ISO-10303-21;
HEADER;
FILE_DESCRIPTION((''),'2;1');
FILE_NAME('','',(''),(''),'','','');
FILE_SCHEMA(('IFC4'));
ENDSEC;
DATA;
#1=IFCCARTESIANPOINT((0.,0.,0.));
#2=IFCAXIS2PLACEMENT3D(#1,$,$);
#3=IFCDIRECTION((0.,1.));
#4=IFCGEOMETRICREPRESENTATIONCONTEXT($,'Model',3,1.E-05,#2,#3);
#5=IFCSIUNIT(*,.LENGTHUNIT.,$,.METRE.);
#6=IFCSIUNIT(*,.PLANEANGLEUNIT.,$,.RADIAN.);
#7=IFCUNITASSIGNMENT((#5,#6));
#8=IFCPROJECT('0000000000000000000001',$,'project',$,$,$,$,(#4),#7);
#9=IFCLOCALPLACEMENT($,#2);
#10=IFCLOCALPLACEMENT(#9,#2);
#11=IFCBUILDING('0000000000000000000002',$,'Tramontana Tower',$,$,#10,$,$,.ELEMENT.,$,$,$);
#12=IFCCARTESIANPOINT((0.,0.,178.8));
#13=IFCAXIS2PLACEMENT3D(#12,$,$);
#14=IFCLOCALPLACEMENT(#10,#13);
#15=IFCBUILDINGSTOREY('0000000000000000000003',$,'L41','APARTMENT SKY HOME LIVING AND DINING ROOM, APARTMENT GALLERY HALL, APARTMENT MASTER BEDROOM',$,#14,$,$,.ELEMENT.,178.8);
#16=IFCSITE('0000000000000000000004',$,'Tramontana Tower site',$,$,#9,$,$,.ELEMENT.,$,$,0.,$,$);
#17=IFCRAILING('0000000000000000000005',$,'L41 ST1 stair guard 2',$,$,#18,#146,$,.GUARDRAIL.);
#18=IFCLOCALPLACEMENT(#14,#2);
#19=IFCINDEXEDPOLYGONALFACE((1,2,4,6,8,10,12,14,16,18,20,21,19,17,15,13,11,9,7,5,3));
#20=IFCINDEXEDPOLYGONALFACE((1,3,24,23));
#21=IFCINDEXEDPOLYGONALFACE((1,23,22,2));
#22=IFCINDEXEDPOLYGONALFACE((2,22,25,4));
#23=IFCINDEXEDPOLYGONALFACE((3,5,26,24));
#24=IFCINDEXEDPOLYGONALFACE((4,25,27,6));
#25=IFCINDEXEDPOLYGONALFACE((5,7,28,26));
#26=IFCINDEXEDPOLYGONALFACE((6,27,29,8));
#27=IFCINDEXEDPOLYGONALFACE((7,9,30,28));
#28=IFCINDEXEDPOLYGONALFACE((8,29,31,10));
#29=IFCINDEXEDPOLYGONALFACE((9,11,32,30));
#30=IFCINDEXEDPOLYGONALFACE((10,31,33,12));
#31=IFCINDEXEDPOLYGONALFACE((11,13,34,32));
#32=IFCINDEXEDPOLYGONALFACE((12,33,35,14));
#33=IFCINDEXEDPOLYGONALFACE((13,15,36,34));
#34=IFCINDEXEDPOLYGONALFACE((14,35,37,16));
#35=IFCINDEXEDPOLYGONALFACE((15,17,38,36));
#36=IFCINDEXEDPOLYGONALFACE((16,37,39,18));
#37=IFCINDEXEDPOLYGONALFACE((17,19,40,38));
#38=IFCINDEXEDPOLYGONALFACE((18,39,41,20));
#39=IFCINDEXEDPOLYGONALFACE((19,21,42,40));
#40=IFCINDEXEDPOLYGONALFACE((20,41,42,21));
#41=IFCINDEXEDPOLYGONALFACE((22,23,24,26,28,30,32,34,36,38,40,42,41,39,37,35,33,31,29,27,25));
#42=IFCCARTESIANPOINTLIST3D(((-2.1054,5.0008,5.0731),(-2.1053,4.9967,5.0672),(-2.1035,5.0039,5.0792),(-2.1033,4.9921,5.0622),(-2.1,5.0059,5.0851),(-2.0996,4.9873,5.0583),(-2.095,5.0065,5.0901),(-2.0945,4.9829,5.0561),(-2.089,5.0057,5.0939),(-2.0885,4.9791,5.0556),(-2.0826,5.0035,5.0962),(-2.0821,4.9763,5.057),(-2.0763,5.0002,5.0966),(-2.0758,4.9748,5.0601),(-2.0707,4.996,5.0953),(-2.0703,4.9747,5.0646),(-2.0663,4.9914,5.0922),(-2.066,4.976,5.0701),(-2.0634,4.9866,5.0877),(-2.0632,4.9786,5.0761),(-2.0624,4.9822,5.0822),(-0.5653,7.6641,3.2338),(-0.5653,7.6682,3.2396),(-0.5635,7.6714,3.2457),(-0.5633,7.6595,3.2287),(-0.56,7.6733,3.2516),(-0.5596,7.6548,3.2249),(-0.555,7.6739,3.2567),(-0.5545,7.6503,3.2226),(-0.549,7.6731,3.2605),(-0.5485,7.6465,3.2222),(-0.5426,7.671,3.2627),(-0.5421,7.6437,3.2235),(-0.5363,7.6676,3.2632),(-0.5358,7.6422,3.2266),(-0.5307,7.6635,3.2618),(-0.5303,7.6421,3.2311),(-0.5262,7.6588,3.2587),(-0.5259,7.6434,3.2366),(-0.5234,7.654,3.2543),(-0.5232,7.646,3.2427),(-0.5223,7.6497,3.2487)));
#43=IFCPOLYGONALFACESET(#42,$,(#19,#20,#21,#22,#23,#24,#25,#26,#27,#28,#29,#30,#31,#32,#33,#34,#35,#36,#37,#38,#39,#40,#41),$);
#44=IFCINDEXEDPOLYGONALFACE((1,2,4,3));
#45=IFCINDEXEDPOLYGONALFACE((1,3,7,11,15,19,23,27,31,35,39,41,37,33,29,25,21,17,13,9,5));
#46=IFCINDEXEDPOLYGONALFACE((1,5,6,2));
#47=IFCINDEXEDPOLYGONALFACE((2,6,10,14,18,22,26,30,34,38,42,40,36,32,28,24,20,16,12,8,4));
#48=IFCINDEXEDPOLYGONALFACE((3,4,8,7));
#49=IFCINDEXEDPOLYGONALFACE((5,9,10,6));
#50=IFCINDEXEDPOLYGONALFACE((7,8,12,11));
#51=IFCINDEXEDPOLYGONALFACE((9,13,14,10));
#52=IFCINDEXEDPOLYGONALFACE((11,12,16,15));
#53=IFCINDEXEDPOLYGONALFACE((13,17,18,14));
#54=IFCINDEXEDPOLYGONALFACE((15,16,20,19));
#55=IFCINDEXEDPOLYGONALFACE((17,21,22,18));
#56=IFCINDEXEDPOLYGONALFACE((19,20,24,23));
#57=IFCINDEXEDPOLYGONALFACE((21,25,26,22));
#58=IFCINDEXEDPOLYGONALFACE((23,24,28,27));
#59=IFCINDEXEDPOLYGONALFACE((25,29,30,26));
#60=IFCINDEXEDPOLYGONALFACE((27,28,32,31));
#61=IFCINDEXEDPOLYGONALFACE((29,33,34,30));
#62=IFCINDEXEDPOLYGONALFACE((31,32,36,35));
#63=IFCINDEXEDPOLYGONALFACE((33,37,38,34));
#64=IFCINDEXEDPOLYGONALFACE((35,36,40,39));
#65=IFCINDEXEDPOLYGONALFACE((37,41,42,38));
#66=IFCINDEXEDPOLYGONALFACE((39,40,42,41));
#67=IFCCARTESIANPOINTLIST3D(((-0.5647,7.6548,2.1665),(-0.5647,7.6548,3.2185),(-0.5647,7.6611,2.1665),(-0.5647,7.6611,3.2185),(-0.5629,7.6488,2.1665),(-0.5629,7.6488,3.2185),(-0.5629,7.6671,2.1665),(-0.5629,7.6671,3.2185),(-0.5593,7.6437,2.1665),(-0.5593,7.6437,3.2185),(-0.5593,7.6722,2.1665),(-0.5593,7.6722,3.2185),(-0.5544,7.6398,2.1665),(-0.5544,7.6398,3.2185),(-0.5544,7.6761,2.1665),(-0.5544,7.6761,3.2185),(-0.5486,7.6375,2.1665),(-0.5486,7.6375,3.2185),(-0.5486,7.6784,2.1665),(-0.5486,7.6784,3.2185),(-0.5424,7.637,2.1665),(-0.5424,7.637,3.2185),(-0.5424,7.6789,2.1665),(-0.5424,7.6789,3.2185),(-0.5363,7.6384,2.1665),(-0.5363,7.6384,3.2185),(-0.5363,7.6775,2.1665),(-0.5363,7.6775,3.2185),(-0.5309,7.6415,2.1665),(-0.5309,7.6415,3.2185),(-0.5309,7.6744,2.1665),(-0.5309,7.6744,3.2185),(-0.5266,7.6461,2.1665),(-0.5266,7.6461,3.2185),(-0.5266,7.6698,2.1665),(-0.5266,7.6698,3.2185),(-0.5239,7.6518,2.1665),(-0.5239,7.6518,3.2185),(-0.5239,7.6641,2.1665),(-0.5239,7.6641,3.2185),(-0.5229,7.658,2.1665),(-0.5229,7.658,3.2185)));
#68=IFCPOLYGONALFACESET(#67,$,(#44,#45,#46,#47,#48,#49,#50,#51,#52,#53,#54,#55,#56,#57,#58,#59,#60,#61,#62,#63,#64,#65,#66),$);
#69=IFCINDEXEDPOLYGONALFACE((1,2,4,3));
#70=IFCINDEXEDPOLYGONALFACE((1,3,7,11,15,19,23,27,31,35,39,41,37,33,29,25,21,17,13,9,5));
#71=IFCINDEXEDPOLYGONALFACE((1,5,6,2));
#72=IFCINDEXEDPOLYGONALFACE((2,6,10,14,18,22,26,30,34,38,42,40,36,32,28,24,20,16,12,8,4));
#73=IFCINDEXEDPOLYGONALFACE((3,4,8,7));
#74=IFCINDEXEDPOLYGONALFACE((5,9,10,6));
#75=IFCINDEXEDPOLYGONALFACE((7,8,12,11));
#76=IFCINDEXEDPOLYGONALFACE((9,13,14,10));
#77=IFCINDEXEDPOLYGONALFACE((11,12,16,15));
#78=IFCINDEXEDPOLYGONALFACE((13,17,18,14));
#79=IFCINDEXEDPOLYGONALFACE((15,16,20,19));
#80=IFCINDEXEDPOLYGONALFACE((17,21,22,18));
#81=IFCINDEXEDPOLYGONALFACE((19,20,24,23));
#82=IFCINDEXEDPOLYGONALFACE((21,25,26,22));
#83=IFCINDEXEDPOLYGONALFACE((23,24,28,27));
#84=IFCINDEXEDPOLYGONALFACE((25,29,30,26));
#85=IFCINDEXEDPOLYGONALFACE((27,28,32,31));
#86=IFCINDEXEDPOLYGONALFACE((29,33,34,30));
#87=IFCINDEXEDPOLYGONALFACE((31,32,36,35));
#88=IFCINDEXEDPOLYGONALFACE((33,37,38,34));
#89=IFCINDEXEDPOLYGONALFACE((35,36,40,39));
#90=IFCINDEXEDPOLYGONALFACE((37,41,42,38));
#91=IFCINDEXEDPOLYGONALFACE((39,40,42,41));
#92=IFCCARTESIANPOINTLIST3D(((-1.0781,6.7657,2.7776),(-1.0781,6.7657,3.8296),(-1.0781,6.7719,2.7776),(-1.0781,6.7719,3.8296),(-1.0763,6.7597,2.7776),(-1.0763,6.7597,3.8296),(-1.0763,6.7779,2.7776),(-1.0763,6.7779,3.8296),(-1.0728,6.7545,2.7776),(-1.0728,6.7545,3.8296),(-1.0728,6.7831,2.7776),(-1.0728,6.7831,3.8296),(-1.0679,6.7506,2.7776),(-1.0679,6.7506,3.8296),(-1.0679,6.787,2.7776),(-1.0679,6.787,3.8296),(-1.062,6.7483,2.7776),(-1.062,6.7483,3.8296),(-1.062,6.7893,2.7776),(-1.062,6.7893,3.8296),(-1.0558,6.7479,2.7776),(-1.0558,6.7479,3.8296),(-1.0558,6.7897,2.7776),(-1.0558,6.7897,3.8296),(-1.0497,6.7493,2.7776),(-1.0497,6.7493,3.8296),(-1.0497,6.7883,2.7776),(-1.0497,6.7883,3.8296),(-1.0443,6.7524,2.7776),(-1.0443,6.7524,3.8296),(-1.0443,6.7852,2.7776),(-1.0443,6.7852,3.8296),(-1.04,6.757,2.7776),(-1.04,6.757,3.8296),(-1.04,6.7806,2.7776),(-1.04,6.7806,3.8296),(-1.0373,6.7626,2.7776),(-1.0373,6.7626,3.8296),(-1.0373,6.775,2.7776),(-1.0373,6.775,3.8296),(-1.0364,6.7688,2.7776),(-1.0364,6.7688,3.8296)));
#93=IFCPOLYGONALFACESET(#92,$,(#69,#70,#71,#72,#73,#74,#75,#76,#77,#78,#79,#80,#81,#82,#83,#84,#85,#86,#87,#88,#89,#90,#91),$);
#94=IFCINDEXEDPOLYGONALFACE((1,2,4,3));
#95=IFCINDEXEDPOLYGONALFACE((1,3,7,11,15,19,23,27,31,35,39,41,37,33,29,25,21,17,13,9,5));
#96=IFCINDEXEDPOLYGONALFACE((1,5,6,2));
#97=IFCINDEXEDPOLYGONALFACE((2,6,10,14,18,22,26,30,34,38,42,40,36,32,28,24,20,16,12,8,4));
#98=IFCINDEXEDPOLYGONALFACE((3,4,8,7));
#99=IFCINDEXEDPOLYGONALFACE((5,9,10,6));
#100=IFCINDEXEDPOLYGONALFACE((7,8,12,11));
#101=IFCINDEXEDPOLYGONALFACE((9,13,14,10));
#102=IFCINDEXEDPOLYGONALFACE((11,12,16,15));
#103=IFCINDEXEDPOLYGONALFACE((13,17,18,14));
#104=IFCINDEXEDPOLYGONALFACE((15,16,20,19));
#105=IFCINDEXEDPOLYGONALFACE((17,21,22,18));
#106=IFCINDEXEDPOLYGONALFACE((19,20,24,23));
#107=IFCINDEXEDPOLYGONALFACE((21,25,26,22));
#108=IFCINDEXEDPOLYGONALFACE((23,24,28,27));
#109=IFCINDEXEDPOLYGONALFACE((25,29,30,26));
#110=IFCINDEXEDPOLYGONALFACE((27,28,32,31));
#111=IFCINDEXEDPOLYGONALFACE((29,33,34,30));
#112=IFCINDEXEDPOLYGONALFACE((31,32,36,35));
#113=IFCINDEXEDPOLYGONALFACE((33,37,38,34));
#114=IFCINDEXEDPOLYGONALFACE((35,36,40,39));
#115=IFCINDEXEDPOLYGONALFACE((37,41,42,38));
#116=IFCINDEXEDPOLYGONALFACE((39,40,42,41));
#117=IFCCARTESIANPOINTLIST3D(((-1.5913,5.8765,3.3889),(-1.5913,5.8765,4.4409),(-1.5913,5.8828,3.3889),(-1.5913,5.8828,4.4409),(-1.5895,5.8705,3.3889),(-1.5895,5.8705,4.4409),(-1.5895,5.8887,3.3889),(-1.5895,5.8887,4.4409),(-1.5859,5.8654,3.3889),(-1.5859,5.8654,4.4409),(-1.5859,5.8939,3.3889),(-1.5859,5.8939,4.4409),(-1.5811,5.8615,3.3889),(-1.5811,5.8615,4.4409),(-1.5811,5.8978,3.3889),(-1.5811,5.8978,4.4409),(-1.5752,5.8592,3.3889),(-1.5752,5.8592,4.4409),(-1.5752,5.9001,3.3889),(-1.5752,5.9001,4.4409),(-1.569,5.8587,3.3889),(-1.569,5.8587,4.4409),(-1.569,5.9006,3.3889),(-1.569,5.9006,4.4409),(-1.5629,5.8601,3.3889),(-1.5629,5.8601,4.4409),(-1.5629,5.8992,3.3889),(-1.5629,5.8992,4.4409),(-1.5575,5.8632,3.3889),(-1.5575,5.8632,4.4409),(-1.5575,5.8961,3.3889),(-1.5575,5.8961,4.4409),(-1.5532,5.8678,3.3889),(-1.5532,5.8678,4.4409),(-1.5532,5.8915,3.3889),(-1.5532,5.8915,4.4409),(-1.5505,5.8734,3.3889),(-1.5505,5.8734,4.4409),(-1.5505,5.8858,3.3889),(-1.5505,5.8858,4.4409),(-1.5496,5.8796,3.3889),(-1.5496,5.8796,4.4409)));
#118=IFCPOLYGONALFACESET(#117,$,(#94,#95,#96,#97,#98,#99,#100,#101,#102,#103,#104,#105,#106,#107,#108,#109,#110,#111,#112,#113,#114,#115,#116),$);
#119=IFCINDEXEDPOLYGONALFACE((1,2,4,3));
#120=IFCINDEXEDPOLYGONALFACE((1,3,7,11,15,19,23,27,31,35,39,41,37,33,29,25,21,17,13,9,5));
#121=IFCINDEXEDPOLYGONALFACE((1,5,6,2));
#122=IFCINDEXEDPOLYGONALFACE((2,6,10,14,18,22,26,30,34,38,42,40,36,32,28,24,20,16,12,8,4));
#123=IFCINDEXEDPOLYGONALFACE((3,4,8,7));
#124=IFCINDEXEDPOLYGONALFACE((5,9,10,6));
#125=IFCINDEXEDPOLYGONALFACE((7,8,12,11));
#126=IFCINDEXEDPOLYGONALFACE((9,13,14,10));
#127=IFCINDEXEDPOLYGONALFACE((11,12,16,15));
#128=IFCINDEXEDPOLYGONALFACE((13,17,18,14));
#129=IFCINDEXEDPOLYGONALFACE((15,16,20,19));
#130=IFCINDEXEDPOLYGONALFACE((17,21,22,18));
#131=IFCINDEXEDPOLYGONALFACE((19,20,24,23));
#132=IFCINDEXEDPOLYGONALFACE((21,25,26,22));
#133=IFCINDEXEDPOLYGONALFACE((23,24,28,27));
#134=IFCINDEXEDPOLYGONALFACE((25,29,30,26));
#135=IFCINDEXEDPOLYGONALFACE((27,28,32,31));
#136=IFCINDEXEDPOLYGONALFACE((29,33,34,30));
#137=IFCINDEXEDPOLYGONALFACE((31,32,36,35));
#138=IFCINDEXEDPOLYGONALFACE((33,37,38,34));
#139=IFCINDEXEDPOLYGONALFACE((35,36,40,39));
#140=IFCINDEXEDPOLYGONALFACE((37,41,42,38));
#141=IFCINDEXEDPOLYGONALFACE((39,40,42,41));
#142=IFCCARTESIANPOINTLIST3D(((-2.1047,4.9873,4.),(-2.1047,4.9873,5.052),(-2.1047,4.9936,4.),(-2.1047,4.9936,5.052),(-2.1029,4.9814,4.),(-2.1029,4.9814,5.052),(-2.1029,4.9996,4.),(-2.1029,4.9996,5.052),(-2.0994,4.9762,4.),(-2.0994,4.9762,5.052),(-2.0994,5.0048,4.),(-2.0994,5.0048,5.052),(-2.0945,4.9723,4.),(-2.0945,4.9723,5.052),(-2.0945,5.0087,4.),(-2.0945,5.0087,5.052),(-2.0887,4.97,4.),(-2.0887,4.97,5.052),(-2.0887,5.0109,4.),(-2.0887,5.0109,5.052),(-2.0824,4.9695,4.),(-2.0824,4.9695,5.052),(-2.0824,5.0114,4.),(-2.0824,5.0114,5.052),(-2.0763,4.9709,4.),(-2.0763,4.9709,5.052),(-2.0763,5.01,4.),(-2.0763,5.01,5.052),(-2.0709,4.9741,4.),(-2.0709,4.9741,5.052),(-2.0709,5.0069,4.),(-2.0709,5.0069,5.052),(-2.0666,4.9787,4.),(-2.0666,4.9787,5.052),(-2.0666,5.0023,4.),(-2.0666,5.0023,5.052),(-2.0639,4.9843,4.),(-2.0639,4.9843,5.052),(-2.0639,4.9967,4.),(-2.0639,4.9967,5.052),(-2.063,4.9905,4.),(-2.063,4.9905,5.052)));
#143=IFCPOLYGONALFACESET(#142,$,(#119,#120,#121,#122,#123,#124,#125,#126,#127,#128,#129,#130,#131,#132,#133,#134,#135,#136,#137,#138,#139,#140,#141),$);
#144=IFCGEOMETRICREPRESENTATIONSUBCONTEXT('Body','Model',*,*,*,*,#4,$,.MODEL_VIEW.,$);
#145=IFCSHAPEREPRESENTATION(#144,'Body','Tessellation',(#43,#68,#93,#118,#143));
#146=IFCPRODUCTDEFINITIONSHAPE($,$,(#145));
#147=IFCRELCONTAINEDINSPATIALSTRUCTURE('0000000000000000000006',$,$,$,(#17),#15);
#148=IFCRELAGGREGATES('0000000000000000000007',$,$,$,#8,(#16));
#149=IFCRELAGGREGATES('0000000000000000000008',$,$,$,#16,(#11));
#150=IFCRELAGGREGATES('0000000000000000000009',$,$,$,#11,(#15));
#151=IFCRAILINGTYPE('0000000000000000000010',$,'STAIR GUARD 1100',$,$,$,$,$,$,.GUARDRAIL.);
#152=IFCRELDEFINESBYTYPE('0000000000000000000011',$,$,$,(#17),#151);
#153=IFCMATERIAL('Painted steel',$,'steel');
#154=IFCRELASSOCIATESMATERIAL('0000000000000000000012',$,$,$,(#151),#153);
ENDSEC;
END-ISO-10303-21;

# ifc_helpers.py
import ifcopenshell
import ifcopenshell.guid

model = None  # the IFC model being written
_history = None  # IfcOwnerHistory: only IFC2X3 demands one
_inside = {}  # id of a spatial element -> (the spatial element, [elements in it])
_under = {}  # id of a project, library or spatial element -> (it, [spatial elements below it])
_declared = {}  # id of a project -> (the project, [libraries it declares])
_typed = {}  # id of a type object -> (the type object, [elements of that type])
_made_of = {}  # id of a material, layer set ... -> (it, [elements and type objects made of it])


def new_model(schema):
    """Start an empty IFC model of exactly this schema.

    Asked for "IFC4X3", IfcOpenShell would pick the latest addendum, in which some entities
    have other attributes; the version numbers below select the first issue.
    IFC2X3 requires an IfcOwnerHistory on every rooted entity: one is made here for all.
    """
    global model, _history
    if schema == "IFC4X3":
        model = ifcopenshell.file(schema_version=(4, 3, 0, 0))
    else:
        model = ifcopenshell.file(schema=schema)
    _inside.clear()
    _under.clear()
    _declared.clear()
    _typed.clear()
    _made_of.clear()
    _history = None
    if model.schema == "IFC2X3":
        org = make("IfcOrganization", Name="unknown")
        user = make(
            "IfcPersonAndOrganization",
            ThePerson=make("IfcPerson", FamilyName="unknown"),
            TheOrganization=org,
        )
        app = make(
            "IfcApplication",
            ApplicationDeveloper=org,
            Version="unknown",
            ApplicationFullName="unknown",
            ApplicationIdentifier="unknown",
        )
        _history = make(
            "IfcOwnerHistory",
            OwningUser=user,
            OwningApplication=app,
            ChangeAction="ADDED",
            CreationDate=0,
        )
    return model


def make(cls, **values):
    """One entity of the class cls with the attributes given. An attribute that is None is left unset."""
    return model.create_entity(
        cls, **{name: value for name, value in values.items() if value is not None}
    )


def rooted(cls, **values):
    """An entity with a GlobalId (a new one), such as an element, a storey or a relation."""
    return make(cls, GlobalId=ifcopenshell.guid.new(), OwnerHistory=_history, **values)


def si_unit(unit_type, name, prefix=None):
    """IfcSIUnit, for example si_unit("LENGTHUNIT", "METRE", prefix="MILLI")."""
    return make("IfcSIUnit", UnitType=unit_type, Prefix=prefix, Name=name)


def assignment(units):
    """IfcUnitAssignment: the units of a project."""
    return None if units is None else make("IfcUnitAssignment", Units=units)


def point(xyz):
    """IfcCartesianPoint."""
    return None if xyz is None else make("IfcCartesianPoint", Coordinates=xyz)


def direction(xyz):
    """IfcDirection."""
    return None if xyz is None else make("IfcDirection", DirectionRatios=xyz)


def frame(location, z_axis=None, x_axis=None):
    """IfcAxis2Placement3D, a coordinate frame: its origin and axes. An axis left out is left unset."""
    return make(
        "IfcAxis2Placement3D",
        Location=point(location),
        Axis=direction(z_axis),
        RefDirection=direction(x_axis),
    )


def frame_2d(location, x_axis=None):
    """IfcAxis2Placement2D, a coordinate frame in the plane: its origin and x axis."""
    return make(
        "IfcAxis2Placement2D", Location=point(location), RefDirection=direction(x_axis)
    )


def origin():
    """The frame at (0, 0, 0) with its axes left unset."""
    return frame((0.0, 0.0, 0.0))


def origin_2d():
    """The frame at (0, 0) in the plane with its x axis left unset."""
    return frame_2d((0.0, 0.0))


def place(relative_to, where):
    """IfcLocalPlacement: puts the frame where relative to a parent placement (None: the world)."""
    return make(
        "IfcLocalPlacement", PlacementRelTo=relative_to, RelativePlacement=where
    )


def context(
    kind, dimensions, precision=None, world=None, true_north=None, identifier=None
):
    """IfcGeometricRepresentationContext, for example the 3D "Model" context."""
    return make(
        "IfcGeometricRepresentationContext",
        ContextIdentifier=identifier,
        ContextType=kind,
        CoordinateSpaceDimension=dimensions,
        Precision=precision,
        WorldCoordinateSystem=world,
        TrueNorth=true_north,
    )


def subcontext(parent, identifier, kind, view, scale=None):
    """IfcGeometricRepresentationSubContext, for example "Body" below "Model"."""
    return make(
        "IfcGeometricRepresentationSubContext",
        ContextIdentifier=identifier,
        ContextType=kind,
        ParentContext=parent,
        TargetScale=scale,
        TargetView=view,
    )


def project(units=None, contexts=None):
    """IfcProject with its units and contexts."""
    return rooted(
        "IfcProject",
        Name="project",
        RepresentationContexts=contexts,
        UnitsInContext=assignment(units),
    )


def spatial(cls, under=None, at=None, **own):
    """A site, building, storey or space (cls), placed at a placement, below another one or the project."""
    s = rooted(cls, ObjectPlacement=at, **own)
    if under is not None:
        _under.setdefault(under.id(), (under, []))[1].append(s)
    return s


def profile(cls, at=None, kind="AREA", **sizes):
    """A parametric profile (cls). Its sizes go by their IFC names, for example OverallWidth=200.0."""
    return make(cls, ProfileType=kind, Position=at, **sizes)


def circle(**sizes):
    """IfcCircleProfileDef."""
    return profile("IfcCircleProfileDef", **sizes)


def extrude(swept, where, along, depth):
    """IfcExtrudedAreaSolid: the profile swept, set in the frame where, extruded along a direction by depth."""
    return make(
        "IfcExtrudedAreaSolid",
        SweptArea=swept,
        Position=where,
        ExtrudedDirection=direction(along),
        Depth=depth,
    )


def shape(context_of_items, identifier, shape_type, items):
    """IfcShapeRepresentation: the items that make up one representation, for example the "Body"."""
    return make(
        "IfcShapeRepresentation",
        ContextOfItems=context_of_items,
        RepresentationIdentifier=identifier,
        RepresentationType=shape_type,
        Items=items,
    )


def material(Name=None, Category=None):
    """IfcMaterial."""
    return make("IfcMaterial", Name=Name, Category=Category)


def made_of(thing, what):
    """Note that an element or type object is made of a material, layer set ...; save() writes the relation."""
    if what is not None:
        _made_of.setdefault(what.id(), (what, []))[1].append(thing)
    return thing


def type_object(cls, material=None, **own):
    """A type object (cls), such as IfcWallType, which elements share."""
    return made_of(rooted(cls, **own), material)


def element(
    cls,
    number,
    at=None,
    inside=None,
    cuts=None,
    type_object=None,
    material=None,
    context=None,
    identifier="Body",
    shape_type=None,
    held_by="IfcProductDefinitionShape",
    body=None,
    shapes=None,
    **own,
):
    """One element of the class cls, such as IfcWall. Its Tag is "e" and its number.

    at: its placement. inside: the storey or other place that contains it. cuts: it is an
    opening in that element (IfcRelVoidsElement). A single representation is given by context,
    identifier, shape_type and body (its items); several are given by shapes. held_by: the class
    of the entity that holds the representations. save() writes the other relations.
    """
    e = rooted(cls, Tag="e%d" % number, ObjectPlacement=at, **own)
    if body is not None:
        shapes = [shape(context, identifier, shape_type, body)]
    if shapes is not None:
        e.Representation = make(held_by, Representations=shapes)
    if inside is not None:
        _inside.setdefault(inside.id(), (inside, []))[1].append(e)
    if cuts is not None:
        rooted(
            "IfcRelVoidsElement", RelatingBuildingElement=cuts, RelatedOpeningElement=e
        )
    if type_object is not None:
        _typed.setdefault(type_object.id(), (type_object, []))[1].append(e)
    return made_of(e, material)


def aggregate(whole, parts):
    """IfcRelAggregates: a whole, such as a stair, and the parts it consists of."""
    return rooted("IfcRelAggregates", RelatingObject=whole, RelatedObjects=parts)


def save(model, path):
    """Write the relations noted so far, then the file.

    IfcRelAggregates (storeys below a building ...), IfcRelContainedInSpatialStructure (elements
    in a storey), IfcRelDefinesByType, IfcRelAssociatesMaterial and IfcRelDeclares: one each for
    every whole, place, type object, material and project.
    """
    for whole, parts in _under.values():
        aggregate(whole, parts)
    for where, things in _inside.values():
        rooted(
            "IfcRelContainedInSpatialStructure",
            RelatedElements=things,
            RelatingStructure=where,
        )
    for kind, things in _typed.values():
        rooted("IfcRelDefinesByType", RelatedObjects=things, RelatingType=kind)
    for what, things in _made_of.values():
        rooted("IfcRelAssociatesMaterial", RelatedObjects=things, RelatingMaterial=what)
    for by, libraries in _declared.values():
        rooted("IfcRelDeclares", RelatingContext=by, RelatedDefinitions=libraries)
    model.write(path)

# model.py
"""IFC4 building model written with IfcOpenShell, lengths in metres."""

from ifc_helpers import new_model, si_unit, direction, frame, origin, origin_2d, place, context, subcontext, project, spatial, circle, extrude, material, type_object, element, save


model = new_model("IFC4")

# Units and contexts
model_context = context("Model", 3, precision=1e-05, world=origin(), true_north=direction((0.0, 1.0)))
body_context = subcontext(model_context, "Body", "Model", "MODEL_VIEW")
ifc_project = project(units=[si_unit("LENGTHUNIT", "METRE"), si_unit("PLANEANGLEUNIT", "RADIAN")], contexts=[model_context])

# Site, building, storey
site_placement = place(None, origin())
site = spatial("IfcSite", under=ifc_project, at=site_placement, Name="Tramontana Tower site", CompositionType="ELEMENT", RefElevation=0.0)
building_placement = place(site_placement, origin())
building = spatial("IfcBuilding", under=site, at=building_placement, Name="Tramontana Tower", CompositionType="ELEMENT")
storey_placement = place(building_placement, frame((0.0, 0.0, 178.8)))
storey = spatial("IfcBuildingStorey", under=building, at=storey_placement, Name="L41", Description="APARTMENT SKY HOME LIVING AND DINING ROOM, APARTMENT GALLERY HALL, APARTMENT MASTER BEDROOM", CompositionType="ELEMENT", Elevation=178.8)

# Railing
ifc_material_1 = material(Name="Painted steel", Category="steel")
railing_type = type_object("IfcRailingType", Name="STAIR GUARD 1100", PredefinedType="GUARDRAIL", material=ifc_material_1)
railing_1_placement = place(storey_placement, frame((-0.5439, 7.658, 2.1665)))
element("IfcRailing", 1, at=railing_1_placement, inside=storey, type_object=railing_type, Name="L41 ST1 stair guard 2", PredefinedType="GUARDRAIL", context=body_context, shape_type="SweptSolid", body=[
    extrude(circle(Radius=0.0239, at=origin_2d()), frame((0.0, 0.0, 1.0762), z_axis=(-0.429634, -0.744164, 0.511502), x_axis=(0.86603, -0.499992, 0.0)), (0.0, 0.0, 1.0), 3.5845),
    extrude(circle(Radius=0.021, at=origin_2d()), origin(), (0.0, 0.0, 1.0), 1.052),
    extrude(circle(Radius=0.021, at=origin_2d()), frame((-0.5134, -0.8892, 0.6111)), (0.0, 0.0, 1.0), 1.052),
    extrude(circle(Radius=0.021, at=origin_2d()), frame((-1.0266, -1.7783, 1.2224)), (0.0, 0.0, 1.0), 1.052),
    extrude(circle(Radius=0.021, at=origin_2d()), frame((-1.54, -2.6675, 1.8335)), (0.0, 0.0, 1.0), 1.052),
])

save(model, "model.ifc")
